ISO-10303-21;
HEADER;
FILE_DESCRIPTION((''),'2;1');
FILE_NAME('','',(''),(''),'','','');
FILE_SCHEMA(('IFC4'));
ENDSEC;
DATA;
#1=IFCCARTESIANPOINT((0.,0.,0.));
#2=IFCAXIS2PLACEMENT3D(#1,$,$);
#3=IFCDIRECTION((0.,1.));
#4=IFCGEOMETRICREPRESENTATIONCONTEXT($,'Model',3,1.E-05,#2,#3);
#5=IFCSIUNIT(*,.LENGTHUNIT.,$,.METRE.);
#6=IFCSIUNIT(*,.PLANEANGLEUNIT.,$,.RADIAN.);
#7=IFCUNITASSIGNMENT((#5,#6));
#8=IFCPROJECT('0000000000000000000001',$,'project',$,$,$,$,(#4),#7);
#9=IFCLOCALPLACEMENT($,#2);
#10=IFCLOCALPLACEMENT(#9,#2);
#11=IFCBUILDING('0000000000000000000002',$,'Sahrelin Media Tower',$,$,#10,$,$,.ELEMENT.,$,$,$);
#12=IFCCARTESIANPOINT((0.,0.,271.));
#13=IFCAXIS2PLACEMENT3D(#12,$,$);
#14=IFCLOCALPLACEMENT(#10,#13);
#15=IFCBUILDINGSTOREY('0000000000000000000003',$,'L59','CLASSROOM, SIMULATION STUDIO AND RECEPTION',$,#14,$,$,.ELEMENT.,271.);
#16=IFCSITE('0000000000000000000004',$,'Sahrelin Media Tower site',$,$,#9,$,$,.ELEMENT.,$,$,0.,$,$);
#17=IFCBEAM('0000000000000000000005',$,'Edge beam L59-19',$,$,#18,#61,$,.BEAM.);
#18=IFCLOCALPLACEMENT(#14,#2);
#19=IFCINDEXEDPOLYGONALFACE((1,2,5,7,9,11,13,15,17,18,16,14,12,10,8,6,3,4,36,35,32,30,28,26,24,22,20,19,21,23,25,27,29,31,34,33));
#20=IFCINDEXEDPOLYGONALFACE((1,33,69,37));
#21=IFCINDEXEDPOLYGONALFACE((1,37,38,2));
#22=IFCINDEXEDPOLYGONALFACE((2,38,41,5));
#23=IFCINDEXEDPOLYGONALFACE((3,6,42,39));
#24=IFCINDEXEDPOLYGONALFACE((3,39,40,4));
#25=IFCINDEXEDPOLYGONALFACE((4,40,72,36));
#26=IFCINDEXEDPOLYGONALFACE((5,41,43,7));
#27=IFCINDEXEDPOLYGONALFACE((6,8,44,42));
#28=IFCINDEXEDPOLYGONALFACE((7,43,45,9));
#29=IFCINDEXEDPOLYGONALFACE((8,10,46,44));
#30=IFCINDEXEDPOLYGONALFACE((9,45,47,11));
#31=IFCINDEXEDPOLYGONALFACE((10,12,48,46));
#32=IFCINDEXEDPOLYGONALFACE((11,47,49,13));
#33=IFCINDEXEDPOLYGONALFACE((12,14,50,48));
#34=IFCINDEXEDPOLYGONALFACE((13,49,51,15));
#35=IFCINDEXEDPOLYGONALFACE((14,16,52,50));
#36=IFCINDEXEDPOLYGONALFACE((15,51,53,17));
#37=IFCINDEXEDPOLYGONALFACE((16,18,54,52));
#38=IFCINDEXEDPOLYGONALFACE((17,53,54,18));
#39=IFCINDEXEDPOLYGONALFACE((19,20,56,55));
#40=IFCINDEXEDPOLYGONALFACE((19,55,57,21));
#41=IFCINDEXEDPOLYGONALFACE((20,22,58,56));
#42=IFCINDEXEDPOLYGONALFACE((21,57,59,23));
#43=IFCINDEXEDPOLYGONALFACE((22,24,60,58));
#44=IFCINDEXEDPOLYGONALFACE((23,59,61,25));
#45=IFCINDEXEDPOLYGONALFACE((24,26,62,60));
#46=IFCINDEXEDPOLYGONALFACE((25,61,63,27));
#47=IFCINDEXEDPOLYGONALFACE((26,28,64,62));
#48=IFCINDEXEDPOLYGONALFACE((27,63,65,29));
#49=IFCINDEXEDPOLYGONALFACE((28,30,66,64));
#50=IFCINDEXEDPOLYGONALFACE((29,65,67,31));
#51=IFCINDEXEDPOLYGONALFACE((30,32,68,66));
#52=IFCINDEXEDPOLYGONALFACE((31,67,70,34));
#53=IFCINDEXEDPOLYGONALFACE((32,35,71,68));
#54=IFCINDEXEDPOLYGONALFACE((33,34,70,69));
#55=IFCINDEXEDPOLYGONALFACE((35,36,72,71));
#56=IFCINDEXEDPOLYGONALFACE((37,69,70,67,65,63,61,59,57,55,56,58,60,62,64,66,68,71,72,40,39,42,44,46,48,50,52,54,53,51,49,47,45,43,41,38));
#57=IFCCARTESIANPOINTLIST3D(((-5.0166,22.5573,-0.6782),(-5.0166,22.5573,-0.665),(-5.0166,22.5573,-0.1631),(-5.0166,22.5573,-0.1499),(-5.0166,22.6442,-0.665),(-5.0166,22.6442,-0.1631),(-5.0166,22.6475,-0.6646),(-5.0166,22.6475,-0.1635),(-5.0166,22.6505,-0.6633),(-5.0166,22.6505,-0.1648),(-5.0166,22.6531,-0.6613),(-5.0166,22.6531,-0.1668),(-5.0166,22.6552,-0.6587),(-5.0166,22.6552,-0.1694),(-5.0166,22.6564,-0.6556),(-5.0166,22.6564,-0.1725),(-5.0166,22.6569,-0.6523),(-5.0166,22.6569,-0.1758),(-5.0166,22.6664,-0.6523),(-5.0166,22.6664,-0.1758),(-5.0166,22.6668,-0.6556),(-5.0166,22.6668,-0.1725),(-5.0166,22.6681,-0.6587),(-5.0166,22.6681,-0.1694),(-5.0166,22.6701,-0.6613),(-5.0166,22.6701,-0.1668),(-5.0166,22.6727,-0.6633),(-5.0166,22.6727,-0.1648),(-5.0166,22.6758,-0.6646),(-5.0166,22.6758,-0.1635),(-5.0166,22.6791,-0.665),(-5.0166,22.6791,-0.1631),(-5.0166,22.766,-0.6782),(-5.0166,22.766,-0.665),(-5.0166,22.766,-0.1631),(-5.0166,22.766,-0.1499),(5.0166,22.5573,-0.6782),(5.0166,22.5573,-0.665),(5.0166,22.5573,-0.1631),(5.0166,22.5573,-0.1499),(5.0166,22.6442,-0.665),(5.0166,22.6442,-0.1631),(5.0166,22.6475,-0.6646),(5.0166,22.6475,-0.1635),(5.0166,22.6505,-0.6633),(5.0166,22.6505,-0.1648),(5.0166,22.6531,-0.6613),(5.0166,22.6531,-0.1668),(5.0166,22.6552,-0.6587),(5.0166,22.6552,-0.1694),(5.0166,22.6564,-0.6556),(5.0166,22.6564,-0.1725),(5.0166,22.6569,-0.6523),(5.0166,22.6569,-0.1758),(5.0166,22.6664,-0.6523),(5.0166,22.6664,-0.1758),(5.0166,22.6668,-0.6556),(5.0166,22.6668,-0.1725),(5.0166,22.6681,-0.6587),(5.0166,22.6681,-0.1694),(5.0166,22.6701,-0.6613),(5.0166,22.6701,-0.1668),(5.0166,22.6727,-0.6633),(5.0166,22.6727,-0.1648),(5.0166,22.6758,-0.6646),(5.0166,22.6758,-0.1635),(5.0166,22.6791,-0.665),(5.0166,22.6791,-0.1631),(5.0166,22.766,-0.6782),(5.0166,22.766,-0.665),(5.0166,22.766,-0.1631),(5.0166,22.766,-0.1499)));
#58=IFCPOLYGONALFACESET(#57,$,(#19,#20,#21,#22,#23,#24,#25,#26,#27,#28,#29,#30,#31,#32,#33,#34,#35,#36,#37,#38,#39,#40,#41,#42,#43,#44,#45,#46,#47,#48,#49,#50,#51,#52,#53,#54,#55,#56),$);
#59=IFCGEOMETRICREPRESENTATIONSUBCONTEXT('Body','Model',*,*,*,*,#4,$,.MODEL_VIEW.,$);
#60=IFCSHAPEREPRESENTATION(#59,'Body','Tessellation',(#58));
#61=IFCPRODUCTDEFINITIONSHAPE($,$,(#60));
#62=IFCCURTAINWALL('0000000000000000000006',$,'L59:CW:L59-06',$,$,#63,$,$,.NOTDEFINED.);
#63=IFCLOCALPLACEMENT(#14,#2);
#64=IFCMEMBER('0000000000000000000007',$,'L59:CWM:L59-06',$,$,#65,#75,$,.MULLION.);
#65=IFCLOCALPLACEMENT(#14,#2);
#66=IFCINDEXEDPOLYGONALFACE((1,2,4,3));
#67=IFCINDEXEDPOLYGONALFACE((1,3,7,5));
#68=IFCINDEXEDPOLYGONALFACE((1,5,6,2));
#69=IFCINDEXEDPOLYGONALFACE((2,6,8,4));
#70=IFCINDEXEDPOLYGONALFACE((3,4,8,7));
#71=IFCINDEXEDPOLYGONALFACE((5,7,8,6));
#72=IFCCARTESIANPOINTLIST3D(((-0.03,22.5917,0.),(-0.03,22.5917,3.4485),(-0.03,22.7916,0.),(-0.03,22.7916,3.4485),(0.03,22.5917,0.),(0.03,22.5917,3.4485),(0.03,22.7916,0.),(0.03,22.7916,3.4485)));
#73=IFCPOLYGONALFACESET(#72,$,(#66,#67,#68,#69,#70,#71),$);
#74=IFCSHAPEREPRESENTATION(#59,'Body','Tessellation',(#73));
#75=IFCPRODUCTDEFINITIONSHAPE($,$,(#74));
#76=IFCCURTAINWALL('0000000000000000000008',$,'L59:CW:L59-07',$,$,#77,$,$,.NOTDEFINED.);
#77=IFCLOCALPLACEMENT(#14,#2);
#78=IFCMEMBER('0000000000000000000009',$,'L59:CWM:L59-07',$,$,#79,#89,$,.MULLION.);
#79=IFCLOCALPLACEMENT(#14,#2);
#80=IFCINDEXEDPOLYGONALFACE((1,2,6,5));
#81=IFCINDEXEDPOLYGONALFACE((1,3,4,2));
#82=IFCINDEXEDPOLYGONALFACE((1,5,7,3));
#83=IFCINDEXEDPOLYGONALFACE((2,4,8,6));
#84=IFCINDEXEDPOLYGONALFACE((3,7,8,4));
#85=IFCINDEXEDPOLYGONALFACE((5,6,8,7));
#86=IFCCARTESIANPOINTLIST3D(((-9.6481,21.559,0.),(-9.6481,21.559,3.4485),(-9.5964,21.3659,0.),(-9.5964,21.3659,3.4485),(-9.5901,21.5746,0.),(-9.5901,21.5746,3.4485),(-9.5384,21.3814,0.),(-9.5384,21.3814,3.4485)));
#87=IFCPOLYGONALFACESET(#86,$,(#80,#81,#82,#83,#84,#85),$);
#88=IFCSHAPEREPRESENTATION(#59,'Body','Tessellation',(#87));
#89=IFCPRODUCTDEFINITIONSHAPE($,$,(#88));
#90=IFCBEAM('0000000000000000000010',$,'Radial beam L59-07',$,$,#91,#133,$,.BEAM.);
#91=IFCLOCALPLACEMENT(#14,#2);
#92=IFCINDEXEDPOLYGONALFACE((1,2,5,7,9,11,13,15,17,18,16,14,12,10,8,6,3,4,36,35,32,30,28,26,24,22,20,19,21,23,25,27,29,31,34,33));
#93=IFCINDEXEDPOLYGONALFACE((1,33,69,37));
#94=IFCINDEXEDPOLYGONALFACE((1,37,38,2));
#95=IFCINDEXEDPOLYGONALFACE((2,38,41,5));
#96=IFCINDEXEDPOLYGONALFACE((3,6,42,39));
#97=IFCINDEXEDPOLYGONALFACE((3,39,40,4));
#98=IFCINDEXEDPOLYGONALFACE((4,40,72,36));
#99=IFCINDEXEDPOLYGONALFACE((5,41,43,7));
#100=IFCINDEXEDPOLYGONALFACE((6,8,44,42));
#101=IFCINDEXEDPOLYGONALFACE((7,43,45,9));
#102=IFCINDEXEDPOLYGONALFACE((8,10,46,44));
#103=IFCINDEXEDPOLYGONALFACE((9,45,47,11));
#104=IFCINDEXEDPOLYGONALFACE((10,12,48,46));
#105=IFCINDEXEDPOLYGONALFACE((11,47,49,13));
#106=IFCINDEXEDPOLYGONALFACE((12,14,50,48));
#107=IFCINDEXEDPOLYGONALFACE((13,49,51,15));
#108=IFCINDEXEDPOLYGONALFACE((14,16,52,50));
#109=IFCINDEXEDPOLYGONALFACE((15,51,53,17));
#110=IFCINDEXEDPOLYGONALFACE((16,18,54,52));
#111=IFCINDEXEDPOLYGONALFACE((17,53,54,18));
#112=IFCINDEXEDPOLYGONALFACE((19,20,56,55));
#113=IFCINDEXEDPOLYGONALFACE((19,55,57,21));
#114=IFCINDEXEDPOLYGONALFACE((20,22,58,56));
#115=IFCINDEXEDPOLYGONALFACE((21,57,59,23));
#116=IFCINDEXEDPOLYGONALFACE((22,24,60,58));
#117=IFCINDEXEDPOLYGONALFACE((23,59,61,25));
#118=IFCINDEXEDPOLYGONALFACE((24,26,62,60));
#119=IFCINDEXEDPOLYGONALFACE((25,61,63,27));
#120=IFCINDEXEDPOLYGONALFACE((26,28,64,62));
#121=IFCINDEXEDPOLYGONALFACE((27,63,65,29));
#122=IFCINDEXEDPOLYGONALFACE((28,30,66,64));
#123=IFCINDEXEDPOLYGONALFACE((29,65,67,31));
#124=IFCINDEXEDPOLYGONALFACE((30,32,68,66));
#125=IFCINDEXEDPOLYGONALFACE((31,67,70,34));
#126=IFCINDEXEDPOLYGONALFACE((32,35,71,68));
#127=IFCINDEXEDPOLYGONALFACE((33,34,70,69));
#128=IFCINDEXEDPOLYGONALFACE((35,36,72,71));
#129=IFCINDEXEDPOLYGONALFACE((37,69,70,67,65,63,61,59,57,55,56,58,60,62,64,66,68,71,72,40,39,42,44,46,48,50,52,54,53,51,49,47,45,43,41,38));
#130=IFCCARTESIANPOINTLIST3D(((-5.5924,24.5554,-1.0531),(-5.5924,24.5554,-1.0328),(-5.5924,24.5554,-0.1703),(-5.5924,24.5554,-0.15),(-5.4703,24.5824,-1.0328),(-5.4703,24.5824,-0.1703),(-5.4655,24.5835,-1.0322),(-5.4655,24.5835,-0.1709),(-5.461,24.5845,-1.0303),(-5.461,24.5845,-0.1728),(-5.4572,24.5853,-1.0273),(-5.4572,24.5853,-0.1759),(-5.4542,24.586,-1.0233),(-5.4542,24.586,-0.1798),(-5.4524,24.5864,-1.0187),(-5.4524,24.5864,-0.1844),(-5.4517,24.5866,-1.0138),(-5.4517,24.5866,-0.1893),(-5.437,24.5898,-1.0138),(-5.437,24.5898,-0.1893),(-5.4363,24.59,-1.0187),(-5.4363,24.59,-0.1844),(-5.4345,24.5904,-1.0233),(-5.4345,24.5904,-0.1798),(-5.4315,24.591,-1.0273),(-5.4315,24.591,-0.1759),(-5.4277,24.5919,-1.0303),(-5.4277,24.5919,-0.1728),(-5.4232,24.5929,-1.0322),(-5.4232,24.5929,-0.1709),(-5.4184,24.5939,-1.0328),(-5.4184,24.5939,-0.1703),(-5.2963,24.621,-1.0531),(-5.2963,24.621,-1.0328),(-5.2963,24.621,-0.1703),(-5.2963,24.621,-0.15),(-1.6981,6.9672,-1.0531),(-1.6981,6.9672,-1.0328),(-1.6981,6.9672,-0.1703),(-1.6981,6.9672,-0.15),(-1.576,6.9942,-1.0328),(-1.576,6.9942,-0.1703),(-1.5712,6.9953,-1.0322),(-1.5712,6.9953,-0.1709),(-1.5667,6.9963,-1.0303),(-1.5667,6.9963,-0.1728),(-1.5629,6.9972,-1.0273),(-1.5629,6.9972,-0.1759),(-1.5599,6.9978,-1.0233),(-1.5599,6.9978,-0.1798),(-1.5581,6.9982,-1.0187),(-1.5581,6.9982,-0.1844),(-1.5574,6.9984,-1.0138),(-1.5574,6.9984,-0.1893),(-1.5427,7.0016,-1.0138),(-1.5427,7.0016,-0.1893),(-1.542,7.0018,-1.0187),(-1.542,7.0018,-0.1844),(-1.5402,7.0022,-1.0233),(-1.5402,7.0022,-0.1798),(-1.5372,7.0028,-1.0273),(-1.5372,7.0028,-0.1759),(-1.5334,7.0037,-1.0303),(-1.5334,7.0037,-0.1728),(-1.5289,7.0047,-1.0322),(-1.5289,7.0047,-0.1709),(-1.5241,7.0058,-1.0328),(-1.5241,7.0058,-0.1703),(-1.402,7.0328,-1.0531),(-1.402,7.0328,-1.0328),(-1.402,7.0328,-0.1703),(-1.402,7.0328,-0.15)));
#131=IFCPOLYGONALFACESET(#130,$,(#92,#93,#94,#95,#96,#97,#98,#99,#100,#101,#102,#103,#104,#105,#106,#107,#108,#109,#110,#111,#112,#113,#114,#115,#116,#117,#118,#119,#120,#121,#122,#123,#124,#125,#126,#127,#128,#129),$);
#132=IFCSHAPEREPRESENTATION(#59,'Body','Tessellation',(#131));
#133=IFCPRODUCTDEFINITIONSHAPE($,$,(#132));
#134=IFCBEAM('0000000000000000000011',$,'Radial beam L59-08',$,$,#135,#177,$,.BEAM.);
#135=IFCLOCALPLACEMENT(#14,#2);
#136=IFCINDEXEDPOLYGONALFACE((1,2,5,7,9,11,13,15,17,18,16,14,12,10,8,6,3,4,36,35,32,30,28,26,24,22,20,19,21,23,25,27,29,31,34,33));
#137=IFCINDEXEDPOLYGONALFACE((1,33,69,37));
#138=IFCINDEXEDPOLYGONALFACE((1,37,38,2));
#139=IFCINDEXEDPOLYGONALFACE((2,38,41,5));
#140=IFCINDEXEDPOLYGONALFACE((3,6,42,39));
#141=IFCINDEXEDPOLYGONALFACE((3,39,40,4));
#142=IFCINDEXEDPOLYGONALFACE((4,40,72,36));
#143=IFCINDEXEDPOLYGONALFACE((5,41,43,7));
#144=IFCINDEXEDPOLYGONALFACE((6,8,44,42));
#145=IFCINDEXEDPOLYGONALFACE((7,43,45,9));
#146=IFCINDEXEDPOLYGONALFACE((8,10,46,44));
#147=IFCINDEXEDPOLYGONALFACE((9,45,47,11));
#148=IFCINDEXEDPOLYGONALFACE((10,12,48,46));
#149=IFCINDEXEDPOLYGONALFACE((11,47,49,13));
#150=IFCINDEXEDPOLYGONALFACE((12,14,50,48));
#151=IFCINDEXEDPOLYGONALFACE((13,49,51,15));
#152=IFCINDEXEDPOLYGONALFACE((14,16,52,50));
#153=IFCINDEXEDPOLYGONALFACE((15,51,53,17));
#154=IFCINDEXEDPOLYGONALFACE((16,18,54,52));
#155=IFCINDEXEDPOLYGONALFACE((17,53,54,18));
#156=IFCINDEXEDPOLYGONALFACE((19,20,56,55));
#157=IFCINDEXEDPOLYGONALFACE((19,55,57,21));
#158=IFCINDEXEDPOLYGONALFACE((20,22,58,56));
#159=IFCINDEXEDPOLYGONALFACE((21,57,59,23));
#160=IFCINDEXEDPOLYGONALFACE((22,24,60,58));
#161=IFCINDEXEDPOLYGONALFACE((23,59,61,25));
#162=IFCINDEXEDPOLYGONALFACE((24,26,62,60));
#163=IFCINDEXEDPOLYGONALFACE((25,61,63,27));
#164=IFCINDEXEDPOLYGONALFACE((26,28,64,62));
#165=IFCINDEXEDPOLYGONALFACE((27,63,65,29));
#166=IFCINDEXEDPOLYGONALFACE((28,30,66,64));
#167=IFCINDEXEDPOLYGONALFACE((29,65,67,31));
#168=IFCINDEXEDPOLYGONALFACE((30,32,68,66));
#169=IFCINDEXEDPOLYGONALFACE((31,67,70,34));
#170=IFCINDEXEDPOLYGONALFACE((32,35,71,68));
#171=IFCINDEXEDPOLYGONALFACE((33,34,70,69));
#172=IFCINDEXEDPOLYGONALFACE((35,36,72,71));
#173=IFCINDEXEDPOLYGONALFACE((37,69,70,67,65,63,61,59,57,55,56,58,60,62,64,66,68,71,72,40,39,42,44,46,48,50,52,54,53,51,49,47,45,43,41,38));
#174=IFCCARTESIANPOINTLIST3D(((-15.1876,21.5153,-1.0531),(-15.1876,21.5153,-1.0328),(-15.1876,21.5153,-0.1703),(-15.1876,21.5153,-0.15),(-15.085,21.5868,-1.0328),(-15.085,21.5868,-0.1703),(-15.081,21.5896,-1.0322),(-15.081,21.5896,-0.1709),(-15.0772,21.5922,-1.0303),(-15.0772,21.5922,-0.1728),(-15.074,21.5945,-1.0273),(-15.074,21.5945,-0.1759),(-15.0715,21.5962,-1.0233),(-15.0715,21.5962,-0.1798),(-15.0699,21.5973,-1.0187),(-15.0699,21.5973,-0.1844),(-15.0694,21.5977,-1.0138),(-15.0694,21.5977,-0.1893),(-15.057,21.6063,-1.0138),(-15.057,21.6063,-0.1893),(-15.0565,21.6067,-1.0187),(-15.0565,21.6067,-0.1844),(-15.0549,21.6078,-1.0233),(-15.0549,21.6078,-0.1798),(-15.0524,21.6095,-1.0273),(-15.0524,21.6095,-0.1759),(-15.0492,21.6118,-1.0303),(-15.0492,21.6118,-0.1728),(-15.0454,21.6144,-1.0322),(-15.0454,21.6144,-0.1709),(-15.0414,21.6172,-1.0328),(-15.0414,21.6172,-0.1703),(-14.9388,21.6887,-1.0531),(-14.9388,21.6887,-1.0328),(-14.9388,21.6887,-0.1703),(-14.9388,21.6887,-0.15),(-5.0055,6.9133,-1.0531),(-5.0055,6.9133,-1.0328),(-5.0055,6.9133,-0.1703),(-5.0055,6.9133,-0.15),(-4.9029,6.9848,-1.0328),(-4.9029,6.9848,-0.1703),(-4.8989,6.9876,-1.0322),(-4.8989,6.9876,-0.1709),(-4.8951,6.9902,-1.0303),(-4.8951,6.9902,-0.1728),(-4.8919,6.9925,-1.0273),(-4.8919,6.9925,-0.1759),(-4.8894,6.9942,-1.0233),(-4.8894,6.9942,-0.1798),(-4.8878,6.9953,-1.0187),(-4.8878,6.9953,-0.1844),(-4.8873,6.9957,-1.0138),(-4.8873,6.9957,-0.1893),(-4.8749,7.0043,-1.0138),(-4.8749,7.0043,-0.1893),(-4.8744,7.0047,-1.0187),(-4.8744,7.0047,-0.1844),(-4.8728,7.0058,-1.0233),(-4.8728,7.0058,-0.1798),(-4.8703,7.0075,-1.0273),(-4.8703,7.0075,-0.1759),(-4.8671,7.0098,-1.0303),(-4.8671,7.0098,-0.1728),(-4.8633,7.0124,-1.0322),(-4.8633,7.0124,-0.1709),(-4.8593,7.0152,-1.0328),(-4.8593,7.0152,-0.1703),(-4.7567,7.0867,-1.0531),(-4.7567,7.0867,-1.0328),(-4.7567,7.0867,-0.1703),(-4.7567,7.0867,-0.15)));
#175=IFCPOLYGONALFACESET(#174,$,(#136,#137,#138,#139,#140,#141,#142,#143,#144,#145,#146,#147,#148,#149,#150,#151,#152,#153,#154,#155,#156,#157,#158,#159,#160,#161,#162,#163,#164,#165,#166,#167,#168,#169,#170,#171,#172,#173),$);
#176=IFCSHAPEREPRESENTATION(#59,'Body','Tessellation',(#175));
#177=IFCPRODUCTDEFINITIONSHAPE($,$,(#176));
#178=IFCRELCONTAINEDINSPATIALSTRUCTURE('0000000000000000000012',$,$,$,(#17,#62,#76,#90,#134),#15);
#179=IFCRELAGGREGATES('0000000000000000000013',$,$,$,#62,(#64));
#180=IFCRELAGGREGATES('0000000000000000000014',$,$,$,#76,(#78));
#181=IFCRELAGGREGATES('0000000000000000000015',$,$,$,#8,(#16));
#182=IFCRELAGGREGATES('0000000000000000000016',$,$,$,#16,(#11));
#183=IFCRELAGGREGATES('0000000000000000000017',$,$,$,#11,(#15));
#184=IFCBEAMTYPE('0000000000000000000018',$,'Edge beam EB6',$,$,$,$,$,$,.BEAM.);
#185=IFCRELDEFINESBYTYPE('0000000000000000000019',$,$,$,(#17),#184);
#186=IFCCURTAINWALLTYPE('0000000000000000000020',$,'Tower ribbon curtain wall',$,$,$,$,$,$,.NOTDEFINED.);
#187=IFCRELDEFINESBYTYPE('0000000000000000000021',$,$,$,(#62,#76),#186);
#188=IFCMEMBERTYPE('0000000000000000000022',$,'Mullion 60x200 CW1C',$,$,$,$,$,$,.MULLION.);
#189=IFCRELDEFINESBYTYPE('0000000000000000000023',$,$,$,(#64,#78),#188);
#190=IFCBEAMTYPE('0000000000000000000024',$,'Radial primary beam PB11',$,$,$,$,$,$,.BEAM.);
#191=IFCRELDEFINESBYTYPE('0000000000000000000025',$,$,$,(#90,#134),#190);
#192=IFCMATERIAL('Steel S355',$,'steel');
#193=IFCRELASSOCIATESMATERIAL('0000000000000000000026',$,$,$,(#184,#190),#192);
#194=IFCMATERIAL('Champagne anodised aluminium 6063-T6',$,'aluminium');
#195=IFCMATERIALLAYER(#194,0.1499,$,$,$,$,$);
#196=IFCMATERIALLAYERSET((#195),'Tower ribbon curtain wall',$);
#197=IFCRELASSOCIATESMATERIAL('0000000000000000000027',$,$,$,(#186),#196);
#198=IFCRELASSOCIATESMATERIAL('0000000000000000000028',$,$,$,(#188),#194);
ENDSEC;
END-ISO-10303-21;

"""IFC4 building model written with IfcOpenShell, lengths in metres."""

from ifc_helpers import new_model, si_unit, direction, frame, origin, origin_2d, place, context, subcontext, project, spatial, rectangle, i_section, extrude, material, layer, layer_set, material_profile, profile_set, type_object, element, aggregate, save


model = new_model("IFC4")

# Units and contexts
model_context = context("Model", 3, precision=1e-05, world=origin(), true_north=direction((0.0, 1.0)))
body_context = subcontext(model_context, "Body", "Model", "MODEL_VIEW")
ifc_project = project(units=[si_unit("LENGTHUNIT", "METRE"), si_unit("PLANEANGLEUNIT", "RADIAN")], contexts=[model_context])

# Site, building, storey
site_placement = place(None, origin())
site = spatial("IfcSite", under=ifc_project, at=site_placement, Name="Sahrelin Media Tower site", CompositionType="ELEMENT", RefElevation=0.0)
building_placement = place(site_placement, origin())
building = spatial("IfcBuilding", under=site, at=building_placement, Name="Sahrelin Media Tower", CompositionType="ELEMENT")
storey_placement = place(building_placement, frame((0.0, 0.0, 271.0)))
storey = spatial("IfcBuildingStorey", under=building, at=storey_placement, Name="L59", Description="CLASSROOM, SIMULATION STUDIO AND RECEPTION", CompositionType="ELEMENT", Elevation=271.0)

# Beam
ifc_material_1 = material(Name="Steel S355", Category="steel")
ifc_material_profile_1 = material_profile(ifc_material_1, i_section(OverallWidth=0.2087, OverallDepth=0.5283, WebThickness=0.0095, FlangeThickness=0.0132, FilletRadius=0.0127, at=origin_2d()), Name="UB 533x210x82")
ifc_profile_set_1 = profile_set([ifc_material_profile_1], Name="Steel S355")
beam_type_1 = type_object("IfcBeamType", Name="Edge beam EB6", PredefinedType="BEAM", material=ifc_profile_set_1)
beam_1_placement = place(storey_placement, frame((-5.0166, 22.6616, -0.4141), z_axis=(1.0, 0.0, 0.0), x_axis=(0.0, 1.0, 0.0)))
element("IfcBeam", 1, at=beam_1_placement, inside=storey, type_object=beam_type_1, Name="Edge beam L59-19", PredefinedType="BEAM", context=body_context, shape_type="SweptSolid", body=[
    extrude(i_section(OverallWidth=0.2087, OverallDepth=0.5283, WebThickness=0.0095, FlangeThickness=0.0132, FilletRadius=0.0127, at=origin_2d()), origin(), (0.0, 0.0, 1.0), 10.0332),
])

# Curtain walls, members
ifc_material_2 = material(Name="Champagne anodised aluminium 6063-T6", Category="aluminium")
ifc_layer_1 = layer(ifc_material_2, 0.1499)
ifc_layer_set_1 = layer_set([ifc_layer_1], Name="Tower ribbon curtain wall")
curtain_wall_type = type_object("IfcCurtainWallType", Name="Tower ribbon curtain wall", PredefinedType="NOTDEFINED", material=ifc_layer_set_1)
placement_1 = place(storey_placement, frame((0.0, 22.8118, 0.0), z_axis=(0.0, 0.0, 1.0), x_axis=(1.0, 0.0, 0.0)))
curtain_wall_1 = element("IfcCurtainWall", 2, at=placement_1, inside=storey, type_object=curtain_wall_type, Name="L59:CW:L59-06", PredefinedType="NOTDEFINED")
ifc_material_profile_2 = material_profile(ifc_material_2, rectangle(XDim=0.0601, YDim=0.2, at=origin_2d()), Name="Mullion 60x200")
ifc_profile_set_2 = profile_set([ifc_material_profile_2], Name="Champagne anodised aluminium 6063-T6")
member_type_1 = type_object("IfcMemberType", Name="Mullion 60x200 CW1C", PredefinedType="MULLION", material=ifc_profile_set_2)
member_1_placement = place(storey_placement, frame((0.0, 22.6917, 0.0), z_axis=(0.0, 0.0, 1.0), x_axis=(-1.0, 0.0, 0.0)))
member_1 = element("IfcMember", 3, at=member_1_placement, type_object=member_type_1, Name="L59:CWM:L59-06", PredefinedType="MULLION", context=body_context, shape_type="SweptSolid", body=[
    extrude(rectangle(XDim=0.0601, YDim=0.2, at=origin_2d()), origin(), (0.0, 0.0, 1.0), 3.4485),
])
aggregate(curtain_wall_1, [member_1])
curtain_wall_2_placement = place(storey_placement, frame((-9.6243, 21.5862, 0.0), z_axis=(0.0, 0.0, 1.0), x_axis=(1.0, 0.0, 0.0)))
curtain_wall_2 = element("IfcCurtainWall", 4, at=curtain_wall_2_placement, inside=storey, type_object=curtain_wall_type, Name="L59:CW:L59-07", PredefinedType="NOTDEFINED")
member_2_placement = place(storey_placement, frame((-9.5933, 21.4702, 0.0), z_axis=(0.0, 0.0, 1.0), x_axis=(-0.965924, -0.258826, 0.0)))
member_2 = element("IfcMember", 5, at=member_2_placement, type_object=member_type_1, Name="L59:CWM:L59-07", PredefinedType="MULLION", context=body_context, shape_type="SweptSolid", body=[
    extrude(rectangle(XDim=0.0601, YDim=0.2, at=origin_2d()), origin(), (0.0, 0.0, 1.0), 3.4485),
])

# Beams
ifc_material_profile_3 = material_profile(ifc_material_1, i_section(OverallWidth=0.3032, OverallDepth=0.9031, WebThickness=0.0151, FlangeThickness=0.0203, FilletRadius=0.019, at=origin_2d()), Name="UB 914x305x201")
ifc_profile_set_3 = profile_set([ifc_material_profile_3], Name="Steel S355")
beam_type_2 = type_object("IfcBeamType", Name="Radial primary beam PB11", PredefinedType="BEAM", material=ifc_profile_set_3)
beam_2_placement = place(storey_placement, frame((-1.55, 7.0, -0.6016), z_axis=(-0.21618, 0.976354, 0.0), x_axis=(-0.976354, -0.21618, 0.0)))
element("IfcBeam", 6, at=beam_2_placement, inside=storey, type_object=beam_type_2, Name="Radial beam L59-07", PredefinedType="BEAM", context=body_context, shape_type="SweptSolid", body=[
    extrude(i_section(OverallWidth=0.3032, OverallDepth=0.9031, WebThickness=0.0151, FlangeThickness=0.0203, FilletRadius=0.019, at=origin_2d()), origin(), (0.0, 0.0, 1.0), 18.0142),
])
beam_3_placement = place(storey_placement, frame((-4.8811, 7.0, -0.6016), z_axis=(-0.571979, 0.820268, 0.0), x_axis=(-0.820268, -0.571979, 0.0)))
element("IfcBeam", 7, at=beam_3_placement, inside=storey, type_object=beam_type_2, Name="Radial beam L59-08", PredefinedType="BEAM", context=body_context, shape_type="SweptSolid", body=[
    extrude(i_section(OverallWidth=0.3032, OverallDepth=0.9031, WebThickness=0.0151, FlangeThickness=0.0203, FilletRadius=0.019, at=origin_2d()), origin(), (0.0, 0.0, 1.0), 17.8015),
])

aggregate(curtain_wall_2, [member_2])

save(model, "model.ifc")
